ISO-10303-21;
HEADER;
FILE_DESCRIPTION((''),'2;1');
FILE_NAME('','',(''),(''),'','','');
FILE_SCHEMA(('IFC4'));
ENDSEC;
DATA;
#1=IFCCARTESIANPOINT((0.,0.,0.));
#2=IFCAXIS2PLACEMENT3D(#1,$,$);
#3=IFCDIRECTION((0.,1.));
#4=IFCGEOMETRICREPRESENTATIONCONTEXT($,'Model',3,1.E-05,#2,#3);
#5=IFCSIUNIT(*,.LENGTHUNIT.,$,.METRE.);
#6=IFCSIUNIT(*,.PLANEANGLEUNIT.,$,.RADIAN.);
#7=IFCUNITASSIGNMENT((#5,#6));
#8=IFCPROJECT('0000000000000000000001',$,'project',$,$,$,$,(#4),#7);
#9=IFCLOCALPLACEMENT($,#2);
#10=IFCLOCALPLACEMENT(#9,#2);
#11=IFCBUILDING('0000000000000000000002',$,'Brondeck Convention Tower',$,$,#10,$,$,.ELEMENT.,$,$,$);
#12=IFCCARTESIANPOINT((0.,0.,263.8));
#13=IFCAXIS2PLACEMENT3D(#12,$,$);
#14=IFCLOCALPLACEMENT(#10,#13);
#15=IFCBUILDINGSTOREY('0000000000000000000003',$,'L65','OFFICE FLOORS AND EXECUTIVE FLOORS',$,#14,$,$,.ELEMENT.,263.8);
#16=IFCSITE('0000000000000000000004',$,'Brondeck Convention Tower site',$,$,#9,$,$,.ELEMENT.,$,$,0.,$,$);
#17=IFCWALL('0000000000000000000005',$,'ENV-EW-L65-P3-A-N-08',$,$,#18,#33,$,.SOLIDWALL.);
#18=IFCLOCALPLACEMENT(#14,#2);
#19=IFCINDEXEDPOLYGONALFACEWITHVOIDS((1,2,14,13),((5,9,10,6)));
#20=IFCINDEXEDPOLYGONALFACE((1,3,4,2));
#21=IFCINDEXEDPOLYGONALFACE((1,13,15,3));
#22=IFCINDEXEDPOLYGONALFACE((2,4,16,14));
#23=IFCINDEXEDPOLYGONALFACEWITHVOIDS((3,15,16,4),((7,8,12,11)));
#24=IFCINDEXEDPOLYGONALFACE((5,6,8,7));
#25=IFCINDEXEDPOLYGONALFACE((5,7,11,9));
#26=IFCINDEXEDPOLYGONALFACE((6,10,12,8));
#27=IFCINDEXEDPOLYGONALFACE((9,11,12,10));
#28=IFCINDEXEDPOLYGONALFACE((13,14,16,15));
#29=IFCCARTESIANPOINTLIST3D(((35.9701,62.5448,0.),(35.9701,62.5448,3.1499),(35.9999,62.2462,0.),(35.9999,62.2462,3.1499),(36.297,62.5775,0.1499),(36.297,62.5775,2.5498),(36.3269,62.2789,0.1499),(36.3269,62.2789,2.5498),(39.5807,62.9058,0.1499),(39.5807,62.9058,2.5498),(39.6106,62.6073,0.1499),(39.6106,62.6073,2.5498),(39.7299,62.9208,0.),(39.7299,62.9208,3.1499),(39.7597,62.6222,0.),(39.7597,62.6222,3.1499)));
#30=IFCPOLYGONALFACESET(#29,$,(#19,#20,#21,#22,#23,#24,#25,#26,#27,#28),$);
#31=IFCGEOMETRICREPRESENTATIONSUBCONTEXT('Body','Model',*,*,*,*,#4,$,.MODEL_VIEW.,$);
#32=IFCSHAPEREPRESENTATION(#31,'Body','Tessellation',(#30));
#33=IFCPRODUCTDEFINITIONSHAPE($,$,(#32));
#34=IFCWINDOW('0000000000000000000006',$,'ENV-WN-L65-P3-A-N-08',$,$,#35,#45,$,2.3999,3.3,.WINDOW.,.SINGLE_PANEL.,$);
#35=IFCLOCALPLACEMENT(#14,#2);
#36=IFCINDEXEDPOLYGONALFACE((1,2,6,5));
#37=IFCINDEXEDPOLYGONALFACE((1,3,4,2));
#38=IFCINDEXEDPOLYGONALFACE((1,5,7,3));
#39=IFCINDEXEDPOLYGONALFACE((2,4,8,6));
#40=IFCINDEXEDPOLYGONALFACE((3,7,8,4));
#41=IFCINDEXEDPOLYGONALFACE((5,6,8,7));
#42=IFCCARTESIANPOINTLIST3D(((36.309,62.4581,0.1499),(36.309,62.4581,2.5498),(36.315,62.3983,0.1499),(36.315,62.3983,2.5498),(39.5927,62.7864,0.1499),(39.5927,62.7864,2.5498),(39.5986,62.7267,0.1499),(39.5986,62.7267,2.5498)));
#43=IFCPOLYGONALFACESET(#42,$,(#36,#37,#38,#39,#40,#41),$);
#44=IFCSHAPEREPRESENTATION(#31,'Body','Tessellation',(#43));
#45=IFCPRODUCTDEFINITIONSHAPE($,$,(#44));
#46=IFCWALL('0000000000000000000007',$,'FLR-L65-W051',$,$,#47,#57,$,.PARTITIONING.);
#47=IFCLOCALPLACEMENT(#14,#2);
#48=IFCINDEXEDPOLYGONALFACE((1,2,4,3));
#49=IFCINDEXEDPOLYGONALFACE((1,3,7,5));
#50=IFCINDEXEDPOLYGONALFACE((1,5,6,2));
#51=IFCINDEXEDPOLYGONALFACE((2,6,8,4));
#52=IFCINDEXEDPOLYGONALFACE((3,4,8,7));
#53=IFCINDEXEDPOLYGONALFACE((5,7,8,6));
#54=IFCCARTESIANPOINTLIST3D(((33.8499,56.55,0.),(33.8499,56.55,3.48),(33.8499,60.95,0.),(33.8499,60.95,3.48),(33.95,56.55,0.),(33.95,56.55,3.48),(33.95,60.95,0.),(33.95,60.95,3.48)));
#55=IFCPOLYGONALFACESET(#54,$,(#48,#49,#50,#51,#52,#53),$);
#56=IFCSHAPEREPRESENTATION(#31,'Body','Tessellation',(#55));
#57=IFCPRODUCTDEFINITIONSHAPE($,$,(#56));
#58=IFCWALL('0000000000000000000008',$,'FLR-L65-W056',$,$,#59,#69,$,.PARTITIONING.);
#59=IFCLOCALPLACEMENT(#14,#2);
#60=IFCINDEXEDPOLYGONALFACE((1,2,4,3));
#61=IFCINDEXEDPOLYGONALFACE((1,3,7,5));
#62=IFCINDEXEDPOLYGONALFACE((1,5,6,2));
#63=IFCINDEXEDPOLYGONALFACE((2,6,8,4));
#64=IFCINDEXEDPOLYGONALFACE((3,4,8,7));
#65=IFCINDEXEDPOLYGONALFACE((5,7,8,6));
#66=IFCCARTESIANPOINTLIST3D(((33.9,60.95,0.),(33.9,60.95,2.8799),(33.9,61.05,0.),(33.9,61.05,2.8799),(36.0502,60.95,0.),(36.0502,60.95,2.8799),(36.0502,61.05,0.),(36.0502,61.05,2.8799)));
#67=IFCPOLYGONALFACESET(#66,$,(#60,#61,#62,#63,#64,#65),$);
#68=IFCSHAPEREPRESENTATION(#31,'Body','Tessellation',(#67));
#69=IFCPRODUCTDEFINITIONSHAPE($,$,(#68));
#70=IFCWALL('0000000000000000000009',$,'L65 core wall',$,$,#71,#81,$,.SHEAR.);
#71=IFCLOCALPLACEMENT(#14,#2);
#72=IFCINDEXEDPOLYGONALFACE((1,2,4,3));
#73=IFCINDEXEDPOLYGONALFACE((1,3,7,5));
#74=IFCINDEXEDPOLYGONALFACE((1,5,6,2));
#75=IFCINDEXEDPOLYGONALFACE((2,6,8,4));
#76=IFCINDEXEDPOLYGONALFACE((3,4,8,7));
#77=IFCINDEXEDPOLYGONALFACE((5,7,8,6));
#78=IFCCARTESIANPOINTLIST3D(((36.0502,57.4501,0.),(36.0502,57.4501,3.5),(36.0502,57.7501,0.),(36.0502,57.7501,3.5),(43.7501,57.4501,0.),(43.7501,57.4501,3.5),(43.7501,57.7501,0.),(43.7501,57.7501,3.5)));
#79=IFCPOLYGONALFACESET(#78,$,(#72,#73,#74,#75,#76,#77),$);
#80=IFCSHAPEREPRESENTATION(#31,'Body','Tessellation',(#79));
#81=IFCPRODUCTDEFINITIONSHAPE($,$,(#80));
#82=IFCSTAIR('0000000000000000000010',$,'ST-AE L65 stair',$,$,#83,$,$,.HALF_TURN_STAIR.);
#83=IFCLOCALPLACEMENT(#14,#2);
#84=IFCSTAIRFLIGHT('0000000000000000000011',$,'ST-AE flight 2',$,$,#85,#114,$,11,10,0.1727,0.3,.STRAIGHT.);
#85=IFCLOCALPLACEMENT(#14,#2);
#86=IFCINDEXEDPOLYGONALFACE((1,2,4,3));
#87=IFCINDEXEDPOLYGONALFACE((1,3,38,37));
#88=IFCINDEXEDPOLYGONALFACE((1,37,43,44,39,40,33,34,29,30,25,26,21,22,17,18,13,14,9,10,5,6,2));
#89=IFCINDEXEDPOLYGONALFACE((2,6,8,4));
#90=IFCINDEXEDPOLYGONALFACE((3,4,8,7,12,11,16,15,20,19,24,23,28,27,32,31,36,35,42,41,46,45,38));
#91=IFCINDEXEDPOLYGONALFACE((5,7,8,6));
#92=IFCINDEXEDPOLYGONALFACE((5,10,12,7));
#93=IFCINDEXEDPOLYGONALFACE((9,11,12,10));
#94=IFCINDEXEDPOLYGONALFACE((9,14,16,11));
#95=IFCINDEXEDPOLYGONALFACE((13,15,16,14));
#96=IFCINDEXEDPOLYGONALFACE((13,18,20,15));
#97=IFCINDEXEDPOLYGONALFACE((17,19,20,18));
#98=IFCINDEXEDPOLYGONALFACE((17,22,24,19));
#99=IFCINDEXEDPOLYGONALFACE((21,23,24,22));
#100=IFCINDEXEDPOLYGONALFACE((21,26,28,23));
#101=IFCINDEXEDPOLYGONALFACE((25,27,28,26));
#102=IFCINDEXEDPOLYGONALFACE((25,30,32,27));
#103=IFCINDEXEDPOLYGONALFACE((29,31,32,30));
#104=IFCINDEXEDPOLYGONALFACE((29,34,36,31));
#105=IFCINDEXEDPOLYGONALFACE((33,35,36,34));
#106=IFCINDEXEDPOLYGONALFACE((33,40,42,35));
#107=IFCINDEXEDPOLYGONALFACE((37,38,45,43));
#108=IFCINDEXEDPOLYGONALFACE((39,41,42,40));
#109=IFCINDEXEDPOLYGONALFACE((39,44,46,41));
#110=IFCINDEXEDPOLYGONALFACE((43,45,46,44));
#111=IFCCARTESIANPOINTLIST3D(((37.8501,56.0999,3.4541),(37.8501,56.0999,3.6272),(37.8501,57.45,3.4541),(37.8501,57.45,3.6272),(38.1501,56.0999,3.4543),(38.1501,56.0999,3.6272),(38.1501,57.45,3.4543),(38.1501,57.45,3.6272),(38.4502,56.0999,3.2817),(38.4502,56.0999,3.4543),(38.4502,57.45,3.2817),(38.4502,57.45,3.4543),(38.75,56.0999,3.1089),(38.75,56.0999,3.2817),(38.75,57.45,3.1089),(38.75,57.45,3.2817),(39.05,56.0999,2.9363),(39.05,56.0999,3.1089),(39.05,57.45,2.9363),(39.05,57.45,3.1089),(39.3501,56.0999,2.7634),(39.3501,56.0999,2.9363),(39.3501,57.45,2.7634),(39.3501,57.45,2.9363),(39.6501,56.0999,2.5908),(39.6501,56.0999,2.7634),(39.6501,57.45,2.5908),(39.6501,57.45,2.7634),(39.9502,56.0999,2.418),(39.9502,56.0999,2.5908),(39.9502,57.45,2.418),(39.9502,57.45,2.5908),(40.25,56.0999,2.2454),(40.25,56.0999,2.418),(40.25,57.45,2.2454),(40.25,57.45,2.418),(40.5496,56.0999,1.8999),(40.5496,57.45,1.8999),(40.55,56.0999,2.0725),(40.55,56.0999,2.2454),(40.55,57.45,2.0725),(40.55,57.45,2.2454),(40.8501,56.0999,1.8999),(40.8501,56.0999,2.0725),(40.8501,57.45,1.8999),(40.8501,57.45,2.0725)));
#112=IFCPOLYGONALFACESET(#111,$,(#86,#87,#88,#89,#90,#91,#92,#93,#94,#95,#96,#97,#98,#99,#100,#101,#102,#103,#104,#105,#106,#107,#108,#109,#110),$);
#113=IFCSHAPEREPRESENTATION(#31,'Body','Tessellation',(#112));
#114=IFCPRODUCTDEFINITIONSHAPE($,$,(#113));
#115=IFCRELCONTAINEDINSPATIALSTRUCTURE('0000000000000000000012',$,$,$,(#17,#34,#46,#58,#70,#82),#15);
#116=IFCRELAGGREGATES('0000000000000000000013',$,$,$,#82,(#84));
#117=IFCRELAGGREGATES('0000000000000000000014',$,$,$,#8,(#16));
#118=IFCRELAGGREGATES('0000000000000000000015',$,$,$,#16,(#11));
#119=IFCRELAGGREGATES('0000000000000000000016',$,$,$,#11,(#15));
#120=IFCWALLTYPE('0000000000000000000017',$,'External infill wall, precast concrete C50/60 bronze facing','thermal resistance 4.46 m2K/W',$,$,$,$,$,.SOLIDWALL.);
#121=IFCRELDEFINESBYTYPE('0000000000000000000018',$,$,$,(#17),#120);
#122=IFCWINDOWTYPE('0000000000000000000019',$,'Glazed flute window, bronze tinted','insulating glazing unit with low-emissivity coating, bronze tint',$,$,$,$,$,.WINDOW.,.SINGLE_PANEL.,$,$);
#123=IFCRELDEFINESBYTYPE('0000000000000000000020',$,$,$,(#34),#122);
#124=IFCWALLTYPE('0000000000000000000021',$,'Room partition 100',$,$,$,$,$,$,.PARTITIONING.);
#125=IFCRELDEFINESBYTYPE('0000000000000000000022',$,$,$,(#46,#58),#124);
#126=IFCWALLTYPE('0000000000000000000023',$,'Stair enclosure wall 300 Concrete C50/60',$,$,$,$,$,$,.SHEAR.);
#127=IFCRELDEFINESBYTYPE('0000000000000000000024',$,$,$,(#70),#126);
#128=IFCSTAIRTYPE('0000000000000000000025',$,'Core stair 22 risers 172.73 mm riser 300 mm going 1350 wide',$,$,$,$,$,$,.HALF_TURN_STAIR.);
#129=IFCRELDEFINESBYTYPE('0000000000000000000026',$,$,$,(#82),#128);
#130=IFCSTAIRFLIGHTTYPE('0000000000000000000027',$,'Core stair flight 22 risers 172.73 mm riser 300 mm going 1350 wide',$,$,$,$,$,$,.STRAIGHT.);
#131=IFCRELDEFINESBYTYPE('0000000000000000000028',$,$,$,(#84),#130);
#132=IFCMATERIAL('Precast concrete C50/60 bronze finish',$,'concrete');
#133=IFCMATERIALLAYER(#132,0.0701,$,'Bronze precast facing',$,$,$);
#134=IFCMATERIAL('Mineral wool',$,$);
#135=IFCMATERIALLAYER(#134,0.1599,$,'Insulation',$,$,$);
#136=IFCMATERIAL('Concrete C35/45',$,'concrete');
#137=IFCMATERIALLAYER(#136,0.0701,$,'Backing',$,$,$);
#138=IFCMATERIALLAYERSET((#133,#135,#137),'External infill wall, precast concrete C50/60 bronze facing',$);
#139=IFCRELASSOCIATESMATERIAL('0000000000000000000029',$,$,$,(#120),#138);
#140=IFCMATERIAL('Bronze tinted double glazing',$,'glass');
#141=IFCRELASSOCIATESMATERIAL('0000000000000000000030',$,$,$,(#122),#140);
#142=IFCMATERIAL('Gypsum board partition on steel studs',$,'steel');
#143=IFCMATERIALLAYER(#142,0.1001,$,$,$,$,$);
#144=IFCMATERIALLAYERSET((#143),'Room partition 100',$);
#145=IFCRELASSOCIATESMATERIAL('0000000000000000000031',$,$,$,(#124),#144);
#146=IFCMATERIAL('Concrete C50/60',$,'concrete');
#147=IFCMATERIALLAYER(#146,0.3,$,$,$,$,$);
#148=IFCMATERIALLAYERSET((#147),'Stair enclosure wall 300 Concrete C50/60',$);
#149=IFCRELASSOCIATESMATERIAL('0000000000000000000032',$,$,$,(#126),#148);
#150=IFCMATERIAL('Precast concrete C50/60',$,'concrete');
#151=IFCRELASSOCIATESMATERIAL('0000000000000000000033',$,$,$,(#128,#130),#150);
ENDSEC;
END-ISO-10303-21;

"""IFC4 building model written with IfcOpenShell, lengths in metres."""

from ifc_helpers import new_model, si_unit, direction, frame, frame_2d, origin, place, context, subcontext, project, spatial, polyline, rectangle, outline, extrude, material, layer, layer_set, type_object, element, fill, aggregate, save


model = new_model("IFC4")

# Units and contexts
model_context = context("Model", 3, precision=1e-05, world=origin(), true_north=direction((0.0, 1.0)))
body_context = subcontext(model_context, "Body", "Model", "MODEL_VIEW")
ifc_project = project(units=[si_unit("LENGTHUNIT", "METRE"), si_unit("PLANEANGLEUNIT", "RADIAN")], contexts=[model_context])

# Site, building, storey
site_placement = place(None, origin())
site = spatial("IfcSite", under=ifc_project, at=site_placement, Name="Brondeck Convention Tower site", CompositionType="ELEMENT", RefElevation=0.0)
building_placement = place(site_placement, origin())
building = spatial("IfcBuilding", under=site, at=building_placement, Name="Brondeck Convention Tower", CompositionType="ELEMENT")
storey_placement = place(building_placement, frame((0.0, 0.0, 263.8)))
storey = spatial("IfcBuildingStorey", under=building, at=storey_placement, Name="L65", Description="OFFICE FLOORS AND EXECUTIVE FLOORS", CompositionType="ELEMENT", Elevation=263.8)

# Shared definitions
ifc_material_1 = material(Name="Concrete C50/60", Category="concrete")

# Shared definitions
ifc_material_2 = material(Name="Precast concrete C50/60 bronze finish", Category="concrete")
ifc_layer_1 = layer(ifc_material_2, 0.0701, Name="Bronze precast facing")
ifc_material_3 = material(Name="Mineral wool")
ifc_layer_2 = layer(ifc_material_3, 0.1599, Name="Insulation")
ifc_material_4 = material(Name="Concrete C35/45", Category="concrete")
ifc_layer_3 = layer(ifc_material_4, 0.0701, Name="Backing")
ifc_layer_set_1 = layer_set([ifc_layer_1, ifc_layer_2, ifc_layer_3], Name="External infill wall, precast concrete C50/60 bronze facing")
wall_type_1 = type_object("IfcWallType", Name="External infill wall, precast concrete C50/60 bronze facing", Description="thermal resistance 4.46 m2K/W", PredefinedType="SOLIDWALL", material=ifc_layer_set_1)

# Wall, opening, window
wall_1_placement = place(storey_placement, frame((35.9851, 62.3955, 0.0), z_axis=(0.0, 0.0, 1.0), x_axis=(0.995037, 0.099504, 0.0)))
wall_1 = element("IfcWall", 1, at=wall_1_placement, inside=storey, type_object=wall_type_1, Name="ENV-EW-L65-P3-A-N-08", PredefinedType="SOLIDWALL", context=body_context, shape_type="SweptSolid", body=[
    extrude(rectangle(XDim=3.7786, YDim=0.3, at=frame_2d((1.8892, 0.0))), origin(), (0.0, 0.0, 1.0), 3.1499),
])
opening_placement = place(wall_1_placement, frame((0.3286, 0.0, 0.1499)))
opening = element("IfcOpeningElement", 2, at=opening_placement, cuts=wall_1, PredefinedType="OPENING", context=body_context, shape_type="SweptSolid", body=[
    extrude(rectangle(XDim=3.3, YDim=2.3999, at=frame_2d((1.6499, 1.2))), frame((0.0, 0.1599, 0.0), z_axis=(0.0, -1.0, 0.0), x_axis=(1.0, 0.0, 0.0)), (0.0, 0.0, 1.0), 0.3201),
])
ifc_material_5 = material(Name="Bronze tinted double glazing", Category="glass")
window_type = type_object("IfcWindowType", Name="Glazed flute window, bronze tinted", Description="insulating glazing unit with low-emissivity coating, bronze tint", PartitioningType="SINGLE_PANEL", PredefinedType="WINDOW", material=ifc_material_5)
window_placement = place(opening_placement, origin())
window = element("IfcWindow", 3, at=window_placement, inside=storey, type_object=window_type, Name="ENV-WN-L65-P3-A-N-08", OverallHeight=2.3999, OverallWidth=3.3, PartitioningType="SINGLE_PANEL", PredefinedType="WINDOW", context=body_context, shape_type="SweptSolid", body=[
    extrude(rectangle(XDim=3.3, YDim=2.3999, at=frame_2d((1.6499, 1.2))), frame((0.0, 0.03, 0.0), z_axis=(0.0, -1.0, 0.0), x_axis=(1.0, 0.0, 0.0)), (0.0, 0.0, 1.0), 0.0601),
])
fill(opening, window)

# Walls
ifc_material_6 = material(Name="Gypsum board partition on steel studs", Category="steel")
ifc_layer_4 = layer(ifc_material_6, 0.1001)
ifc_layer_set_2 = layer_set([ifc_layer_4], Name="Room partition 100")
wall_type_2 = type_object("IfcWallType", Name="Room partition 100", PredefinedType="PARTITIONING", material=ifc_layer_set_2)
wall_2_placement = place(storey_placement, frame((33.8999, 60.95, 0.0), z_axis=(0.0, 0.0, 1.0), x_axis=(0.0, -1.0, 0.0)))
element("IfcWall", 4, at=wall_2_placement, inside=storey, type_object=wall_type_2, Name="FLR-L65-W051", PredefinedType="PARTITIONING", context=body_context, shape_type="SweptSolid", body=[
    extrude(rectangle(XDim=4.3999, YDim=0.1001, at=frame_2d((2.2, 0.0))), origin(), (0.0, 0.0, 1.0), 3.48),
])
wall_3_placement = place(storey_placement, frame((33.8999, 61.0, 0.0), z_axis=(0.0, 0.0, 1.0), x_axis=(1.0, 0.0, 0.0)))
element("IfcWall", 5, at=wall_3_placement, inside=storey, type_object=wall_type_2, Name="FLR-L65-W056", PredefinedType="PARTITIONING", context=body_context, shape_type="SweptSolid", body=[
    extrude(rectangle(XDim=2.1501, YDim=0.1001, at=frame_2d((1.0752, 0.0))), origin(), (0.0, 0.0, 1.0), 2.8799),
])
ifc_layer_5 = layer(ifc_material_1, 0.3)
ifc_layer_set_3 = layer_set([ifc_layer_5], Name="Stair enclosure wall 300 Concrete C50/60")
wall_type_3 = type_object("IfcWallType", Name="Stair enclosure wall 300 Concrete C50/60", PredefinedType="SHEAR", material=ifc_layer_set_3)
wall_4_placement = place(storey_placement, frame((36.05, 57.6001, 0.0), z_axis=(0.0, 0.0, 1.0), x_axis=(1.0, 0.0, 0.0)))
element("IfcWall", 6, at=wall_4_placement, inside=storey, type_object=wall_type_3, Name="L65 core wall", PredefinedType="SHEAR", context=body_context, shape_type="SweptSolid", body=[
    extrude(rectangle(XDim=7.7, YDim=0.3, at=frame_2d((3.8501, 0.0))), origin(), (0.0, 0.0, 1.0), 3.5),
])

# Stair, stair flight
ifc_material_7 = material(Name="Precast concrete C50/60", Category="concrete")
stair_type = type_object("IfcStairType", Name="Core stair 22 risers 172.73 mm riser 300 mm going 1350 wide", PredefinedType="HALF_TURN_STAIR", material=ifc_material_7)
stair_placement = place(storey_placement, origin())
stair = element("IfcStair", 7, at=stair_placement, inside=storey, type_object=stair_type, Name="ST-AE L65 stair", PredefinedType="HALF_TURN_STAIR")
stair_flight_type = type_object("IfcStairFlightType", Name="Core stair flight 22 risers 172.73 mm riser 300 mm going 1350 wide", PredefinedType="STRAIGHT", material=ifc_material_7)
stair_flight_placement = place(storey_placement, frame((40.8501, 56.7749, 1.8999), z_axis=(0.0, 0.0, 1.0), x_axis=(-1.0, 0.0, 0.0)))
stair_flight = element("IfcStairFlight", 8, at=stair_flight_placement, type_object=stair_flight_type, Name="ST-AE flight 2", NumberOfRisers=11, NumberOfTreads=10, PredefinedType="STRAIGHT", RiserHeight=0.1727, TreadLength=0.3, context=body_context, shape_type="SweptSolid", body=[
    extrude(outline(polyline([(0.0, 0.0), (0.0, 0.1726), (0.3, 0.1726), (0.3, 0.3455), (0.6001, 0.3455), (0.6001, 0.5181), (0.8999, 0.5181), (0.8999, 0.6909), (1.2, 0.6909), (1.2, 0.8635), (1.5, 0.8635), (1.5, 1.0364), (1.8, 1.0364), (1.8, 1.209), (2.1001, 1.209), (2.1001, 1.3818), (2.3999, 1.3818), (2.3999, 1.5544), (2.7, 1.5544), (2.7, 1.7273), (3.0, 1.7273), (3.0, 1.8999), (3.0, 1.5542), (0.3005, 0.0), (0.0, 0.0)])), frame((0.0, 0.675, 0.0), z_axis=(0.0, -1.0, 0.0), x_axis=(1.0, 0.0, 0.0)), (0.0, 0.0, 1.0), 1.3501),
])
aggregate(stair, [stair_flight])

save(model, "model.ifc")
